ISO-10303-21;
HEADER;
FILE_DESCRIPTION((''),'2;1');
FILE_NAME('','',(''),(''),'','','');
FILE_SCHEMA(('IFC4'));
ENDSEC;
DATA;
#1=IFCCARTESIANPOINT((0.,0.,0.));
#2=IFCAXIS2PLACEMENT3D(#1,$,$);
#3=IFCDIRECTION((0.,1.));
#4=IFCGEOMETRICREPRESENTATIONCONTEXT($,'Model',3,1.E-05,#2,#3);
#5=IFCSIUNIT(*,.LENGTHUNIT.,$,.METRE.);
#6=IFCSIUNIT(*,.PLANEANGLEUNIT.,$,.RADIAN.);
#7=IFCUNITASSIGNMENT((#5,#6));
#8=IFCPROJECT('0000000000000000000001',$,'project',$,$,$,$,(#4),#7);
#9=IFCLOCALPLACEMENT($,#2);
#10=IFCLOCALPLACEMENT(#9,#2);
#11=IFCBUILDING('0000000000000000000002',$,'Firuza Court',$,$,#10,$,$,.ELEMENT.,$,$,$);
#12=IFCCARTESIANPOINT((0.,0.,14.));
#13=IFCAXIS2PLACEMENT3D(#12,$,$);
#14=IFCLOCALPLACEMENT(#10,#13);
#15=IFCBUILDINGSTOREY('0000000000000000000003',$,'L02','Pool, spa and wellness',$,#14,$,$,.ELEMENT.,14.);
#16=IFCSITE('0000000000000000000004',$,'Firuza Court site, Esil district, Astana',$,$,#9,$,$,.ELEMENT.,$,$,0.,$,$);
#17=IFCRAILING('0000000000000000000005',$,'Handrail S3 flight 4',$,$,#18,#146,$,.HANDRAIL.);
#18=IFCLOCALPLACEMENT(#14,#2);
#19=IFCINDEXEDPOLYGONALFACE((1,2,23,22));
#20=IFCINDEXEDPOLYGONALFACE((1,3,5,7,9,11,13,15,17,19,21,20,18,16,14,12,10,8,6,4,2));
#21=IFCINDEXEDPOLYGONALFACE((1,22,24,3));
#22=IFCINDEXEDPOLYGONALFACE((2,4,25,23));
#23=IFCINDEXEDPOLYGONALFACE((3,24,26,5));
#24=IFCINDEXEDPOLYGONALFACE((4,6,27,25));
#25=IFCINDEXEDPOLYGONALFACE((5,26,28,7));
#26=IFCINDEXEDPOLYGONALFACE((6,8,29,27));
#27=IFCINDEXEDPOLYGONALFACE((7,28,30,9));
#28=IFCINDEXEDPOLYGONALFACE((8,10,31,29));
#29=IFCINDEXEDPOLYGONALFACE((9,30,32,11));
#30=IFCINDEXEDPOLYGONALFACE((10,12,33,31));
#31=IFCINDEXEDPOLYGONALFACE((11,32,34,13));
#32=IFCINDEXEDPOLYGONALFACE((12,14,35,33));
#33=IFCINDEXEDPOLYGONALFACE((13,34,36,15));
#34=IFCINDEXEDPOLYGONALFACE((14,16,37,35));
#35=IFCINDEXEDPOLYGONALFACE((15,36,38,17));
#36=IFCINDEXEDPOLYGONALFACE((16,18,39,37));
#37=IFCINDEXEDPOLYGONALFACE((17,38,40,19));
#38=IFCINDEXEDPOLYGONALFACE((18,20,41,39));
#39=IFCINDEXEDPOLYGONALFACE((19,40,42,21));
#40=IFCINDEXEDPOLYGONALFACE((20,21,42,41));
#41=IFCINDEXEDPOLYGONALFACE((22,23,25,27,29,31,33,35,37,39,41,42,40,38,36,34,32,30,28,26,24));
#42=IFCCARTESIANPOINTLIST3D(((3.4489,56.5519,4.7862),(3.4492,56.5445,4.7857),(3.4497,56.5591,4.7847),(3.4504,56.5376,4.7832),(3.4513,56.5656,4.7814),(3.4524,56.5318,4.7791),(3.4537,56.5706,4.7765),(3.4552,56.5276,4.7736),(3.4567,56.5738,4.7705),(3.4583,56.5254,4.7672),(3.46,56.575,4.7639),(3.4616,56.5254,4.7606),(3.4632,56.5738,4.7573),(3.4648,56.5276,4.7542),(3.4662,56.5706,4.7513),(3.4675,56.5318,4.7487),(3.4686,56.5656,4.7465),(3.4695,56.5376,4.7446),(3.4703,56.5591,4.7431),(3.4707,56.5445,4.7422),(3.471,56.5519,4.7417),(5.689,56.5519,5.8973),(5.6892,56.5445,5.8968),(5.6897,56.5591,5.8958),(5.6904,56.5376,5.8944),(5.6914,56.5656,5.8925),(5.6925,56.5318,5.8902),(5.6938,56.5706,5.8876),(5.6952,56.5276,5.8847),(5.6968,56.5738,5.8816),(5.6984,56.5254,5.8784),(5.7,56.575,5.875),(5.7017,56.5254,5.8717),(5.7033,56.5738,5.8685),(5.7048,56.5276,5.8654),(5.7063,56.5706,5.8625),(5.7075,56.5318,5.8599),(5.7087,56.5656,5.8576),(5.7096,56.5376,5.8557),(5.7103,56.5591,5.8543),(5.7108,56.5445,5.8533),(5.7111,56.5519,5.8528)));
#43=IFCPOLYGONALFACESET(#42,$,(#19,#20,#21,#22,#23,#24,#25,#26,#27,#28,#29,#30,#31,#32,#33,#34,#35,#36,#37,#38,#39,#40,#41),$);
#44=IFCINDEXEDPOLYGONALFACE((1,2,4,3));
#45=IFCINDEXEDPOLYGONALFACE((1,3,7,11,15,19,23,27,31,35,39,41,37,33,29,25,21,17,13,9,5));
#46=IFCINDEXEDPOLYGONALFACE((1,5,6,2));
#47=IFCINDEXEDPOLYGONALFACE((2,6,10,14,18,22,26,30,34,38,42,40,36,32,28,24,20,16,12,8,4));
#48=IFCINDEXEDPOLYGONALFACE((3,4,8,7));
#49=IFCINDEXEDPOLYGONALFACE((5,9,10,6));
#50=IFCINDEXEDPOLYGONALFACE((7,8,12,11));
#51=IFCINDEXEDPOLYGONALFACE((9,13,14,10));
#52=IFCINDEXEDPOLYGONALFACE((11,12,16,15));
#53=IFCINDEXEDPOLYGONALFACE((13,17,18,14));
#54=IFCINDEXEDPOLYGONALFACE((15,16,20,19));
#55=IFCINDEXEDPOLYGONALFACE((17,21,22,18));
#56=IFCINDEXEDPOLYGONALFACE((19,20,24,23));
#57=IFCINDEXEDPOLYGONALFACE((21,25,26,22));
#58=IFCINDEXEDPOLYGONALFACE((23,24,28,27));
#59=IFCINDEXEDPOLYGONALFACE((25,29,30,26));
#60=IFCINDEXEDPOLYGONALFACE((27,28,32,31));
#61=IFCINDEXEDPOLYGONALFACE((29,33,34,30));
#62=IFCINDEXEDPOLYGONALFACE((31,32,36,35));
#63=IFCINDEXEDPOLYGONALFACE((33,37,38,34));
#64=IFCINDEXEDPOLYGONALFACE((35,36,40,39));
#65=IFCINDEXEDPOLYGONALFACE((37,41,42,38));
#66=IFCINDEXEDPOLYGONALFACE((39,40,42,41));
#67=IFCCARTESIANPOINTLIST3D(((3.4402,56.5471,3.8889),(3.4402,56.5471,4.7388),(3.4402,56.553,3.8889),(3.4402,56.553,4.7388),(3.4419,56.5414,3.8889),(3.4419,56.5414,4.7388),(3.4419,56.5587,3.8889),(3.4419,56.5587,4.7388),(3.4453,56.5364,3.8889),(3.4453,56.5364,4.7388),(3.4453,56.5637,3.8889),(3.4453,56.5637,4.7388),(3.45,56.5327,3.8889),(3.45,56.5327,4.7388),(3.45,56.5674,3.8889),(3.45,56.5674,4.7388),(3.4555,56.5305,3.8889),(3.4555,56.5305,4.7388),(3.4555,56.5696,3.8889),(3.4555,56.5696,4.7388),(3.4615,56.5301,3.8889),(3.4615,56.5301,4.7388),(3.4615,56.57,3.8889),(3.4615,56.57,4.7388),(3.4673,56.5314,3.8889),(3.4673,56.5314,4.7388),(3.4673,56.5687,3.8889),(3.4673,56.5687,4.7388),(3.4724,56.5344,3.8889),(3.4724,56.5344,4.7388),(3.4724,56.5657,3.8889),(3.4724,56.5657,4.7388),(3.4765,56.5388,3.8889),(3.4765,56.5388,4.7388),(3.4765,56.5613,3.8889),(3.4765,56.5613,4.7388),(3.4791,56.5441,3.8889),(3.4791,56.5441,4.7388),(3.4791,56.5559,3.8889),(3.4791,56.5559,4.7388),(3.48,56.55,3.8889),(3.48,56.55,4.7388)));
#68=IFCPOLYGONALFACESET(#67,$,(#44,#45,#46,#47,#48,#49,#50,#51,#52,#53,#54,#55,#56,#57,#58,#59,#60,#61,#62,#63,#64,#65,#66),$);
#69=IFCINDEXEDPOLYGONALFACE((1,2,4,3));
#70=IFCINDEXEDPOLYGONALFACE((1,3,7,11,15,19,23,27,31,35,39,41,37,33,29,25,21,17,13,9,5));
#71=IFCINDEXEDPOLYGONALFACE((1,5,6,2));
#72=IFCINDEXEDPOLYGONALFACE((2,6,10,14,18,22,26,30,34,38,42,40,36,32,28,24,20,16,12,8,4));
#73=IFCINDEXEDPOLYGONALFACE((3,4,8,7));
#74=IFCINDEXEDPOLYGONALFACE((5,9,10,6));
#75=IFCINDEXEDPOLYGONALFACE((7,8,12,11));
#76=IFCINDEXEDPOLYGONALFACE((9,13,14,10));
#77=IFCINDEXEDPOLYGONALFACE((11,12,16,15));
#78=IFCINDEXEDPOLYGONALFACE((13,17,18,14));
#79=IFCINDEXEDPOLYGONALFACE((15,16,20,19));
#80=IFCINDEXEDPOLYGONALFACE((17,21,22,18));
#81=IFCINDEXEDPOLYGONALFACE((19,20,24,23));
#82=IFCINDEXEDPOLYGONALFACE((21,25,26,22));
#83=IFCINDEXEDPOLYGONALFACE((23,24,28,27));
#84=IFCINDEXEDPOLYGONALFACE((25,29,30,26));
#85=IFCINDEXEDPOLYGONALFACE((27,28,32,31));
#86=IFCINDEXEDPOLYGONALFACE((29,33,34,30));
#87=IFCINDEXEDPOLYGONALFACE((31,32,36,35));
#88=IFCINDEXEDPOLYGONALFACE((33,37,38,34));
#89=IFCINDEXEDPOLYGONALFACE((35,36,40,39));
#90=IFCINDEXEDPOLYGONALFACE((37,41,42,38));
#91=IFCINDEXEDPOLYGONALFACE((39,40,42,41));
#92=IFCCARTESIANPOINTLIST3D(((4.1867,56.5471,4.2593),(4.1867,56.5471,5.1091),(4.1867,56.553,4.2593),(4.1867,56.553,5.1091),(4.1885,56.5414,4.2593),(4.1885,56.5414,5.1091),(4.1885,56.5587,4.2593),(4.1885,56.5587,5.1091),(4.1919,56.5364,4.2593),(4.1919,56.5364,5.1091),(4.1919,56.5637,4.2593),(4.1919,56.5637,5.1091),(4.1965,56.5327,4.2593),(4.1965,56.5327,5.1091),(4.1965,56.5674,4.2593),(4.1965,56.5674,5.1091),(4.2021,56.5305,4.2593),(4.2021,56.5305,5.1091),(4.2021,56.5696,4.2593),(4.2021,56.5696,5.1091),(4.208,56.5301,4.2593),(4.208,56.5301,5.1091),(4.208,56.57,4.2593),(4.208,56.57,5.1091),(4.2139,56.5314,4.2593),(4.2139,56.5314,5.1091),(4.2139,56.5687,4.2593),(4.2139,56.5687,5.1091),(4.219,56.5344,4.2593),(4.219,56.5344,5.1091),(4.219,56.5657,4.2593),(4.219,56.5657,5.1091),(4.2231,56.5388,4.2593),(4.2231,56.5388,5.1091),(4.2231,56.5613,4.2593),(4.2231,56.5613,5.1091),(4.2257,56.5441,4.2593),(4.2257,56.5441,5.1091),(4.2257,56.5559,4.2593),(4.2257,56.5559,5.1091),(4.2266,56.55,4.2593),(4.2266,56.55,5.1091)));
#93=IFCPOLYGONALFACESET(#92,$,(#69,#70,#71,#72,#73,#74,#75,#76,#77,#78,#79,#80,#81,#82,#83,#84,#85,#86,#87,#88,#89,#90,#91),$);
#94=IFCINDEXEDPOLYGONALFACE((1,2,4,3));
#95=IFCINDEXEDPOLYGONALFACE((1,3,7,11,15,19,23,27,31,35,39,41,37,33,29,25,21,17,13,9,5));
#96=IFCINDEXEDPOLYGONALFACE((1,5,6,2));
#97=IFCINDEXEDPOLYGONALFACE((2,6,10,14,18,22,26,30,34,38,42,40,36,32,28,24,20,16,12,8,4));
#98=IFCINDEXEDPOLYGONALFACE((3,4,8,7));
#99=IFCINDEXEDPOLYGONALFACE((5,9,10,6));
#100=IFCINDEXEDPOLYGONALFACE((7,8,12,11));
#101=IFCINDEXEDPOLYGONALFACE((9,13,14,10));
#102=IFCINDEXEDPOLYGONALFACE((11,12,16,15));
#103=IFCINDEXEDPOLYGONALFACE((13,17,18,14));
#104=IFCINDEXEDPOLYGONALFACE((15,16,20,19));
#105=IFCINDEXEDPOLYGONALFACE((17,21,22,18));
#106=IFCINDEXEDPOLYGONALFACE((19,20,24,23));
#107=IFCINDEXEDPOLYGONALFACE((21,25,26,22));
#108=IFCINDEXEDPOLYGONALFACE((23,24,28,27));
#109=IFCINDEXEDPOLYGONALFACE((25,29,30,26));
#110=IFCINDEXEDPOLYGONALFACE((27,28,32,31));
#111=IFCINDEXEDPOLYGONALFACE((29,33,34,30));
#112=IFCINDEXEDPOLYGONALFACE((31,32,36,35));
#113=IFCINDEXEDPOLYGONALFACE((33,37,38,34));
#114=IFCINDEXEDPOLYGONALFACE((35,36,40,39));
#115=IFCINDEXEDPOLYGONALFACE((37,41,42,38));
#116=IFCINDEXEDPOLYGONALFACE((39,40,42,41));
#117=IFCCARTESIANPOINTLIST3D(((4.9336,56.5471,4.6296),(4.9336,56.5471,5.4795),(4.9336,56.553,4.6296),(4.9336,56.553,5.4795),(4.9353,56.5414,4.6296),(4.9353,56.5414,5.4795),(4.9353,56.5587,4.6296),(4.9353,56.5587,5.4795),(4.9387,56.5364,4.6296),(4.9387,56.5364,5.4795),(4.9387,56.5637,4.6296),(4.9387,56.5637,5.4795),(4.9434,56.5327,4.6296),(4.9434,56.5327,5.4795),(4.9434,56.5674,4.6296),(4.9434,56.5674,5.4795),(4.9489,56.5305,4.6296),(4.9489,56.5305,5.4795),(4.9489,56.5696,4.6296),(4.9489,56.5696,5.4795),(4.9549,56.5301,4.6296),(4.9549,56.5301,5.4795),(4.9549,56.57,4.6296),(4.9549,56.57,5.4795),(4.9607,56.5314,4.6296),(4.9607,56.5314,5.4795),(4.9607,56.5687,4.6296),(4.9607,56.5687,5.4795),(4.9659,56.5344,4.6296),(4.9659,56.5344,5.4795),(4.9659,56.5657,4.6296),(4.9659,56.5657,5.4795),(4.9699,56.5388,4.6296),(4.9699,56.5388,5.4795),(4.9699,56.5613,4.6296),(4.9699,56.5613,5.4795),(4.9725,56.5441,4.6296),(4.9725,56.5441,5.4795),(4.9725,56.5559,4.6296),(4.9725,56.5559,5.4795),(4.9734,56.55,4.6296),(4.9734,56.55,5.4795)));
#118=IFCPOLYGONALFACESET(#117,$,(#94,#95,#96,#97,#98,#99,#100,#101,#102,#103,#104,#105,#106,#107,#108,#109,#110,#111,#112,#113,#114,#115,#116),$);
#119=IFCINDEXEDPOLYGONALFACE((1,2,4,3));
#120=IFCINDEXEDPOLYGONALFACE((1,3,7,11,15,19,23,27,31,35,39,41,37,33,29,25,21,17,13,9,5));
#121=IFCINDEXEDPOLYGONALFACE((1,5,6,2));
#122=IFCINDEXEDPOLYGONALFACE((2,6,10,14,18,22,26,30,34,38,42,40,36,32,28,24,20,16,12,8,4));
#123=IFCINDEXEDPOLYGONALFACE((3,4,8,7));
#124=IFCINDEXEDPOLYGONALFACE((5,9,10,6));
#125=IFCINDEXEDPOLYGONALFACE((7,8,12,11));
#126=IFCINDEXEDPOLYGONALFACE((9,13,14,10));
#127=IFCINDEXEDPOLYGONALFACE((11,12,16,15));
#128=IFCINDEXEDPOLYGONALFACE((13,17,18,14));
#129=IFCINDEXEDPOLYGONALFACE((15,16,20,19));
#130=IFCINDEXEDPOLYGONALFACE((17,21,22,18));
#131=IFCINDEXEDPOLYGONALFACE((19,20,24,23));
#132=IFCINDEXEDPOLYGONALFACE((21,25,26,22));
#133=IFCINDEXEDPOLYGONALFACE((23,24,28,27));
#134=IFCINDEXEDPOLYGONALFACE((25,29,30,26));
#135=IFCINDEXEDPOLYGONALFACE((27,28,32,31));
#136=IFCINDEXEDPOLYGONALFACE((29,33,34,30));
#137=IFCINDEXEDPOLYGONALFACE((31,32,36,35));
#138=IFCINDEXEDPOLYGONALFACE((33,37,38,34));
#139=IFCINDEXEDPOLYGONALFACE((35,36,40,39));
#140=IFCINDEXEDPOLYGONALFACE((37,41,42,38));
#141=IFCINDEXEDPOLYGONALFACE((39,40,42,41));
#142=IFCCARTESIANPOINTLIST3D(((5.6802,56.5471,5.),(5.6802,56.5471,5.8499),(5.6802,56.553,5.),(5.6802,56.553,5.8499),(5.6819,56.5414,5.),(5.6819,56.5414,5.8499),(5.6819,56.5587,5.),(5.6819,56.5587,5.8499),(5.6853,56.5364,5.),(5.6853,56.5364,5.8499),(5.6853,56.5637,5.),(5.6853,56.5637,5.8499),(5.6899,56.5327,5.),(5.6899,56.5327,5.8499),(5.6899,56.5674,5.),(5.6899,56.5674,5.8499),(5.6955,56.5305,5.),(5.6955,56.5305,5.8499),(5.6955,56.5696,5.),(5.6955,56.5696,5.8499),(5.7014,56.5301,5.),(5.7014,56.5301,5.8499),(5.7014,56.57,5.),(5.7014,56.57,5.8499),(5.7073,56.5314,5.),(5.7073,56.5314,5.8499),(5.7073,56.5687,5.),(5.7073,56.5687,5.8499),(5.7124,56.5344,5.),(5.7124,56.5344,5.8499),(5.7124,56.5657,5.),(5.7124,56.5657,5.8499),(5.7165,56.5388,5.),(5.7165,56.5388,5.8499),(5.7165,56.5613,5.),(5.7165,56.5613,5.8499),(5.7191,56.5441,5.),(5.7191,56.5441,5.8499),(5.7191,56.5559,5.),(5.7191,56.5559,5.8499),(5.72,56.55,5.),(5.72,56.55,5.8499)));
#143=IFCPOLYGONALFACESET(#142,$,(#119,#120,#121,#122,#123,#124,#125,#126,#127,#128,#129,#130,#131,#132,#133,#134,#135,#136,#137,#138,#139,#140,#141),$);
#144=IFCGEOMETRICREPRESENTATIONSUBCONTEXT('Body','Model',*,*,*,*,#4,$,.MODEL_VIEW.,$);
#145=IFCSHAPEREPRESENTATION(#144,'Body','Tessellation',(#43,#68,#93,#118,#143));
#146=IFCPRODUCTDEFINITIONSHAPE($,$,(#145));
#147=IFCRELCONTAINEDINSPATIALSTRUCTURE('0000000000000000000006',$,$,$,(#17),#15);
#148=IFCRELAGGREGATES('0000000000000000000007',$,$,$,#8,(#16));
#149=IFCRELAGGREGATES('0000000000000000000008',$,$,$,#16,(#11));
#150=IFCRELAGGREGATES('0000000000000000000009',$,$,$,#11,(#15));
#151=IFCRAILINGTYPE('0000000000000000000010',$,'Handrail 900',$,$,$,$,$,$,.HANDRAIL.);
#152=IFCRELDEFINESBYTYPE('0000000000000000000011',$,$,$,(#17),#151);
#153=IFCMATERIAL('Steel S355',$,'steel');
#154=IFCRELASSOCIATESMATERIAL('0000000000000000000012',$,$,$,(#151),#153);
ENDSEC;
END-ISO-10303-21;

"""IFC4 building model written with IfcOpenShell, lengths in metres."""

from ifc_helpers import new_model, si_unit, direction, frame, origin, origin_2d, place, context, subcontext, project, spatial, circle, extrude, material, type_object, element, save


model = new_model("IFC4")

# Units and contexts
model_context = context("Model", 3, precision=1e-05, world=origin(), true_north=direction((0.0, 1.0)))
body_context = subcontext(model_context, "Body", "Model", "MODEL_VIEW")
ifc_project = project(units=[si_unit("LENGTHUNIT", "METRE"), si_unit("PLANEANGLEUNIT", "RADIAN")], contexts=[model_context])

# Site, building, storey
site_placement = place(None, origin())
site = spatial("IfcSite", under=ifc_project, at=site_placement, Name="Firuza Court site, Esil district, Astana", CompositionType="ELEMENT", RefElevation=0.0)
building_placement = place(site_placement, origin())
building = spatial("IfcBuilding", under=site, at=building_placement, Name="Firuza Court", CompositionType="ELEMENT")
storey_placement = place(building_placement, frame((0.0, 0.0, 14.0)))
storey = spatial("IfcBuildingStorey", under=building, at=storey_placement, Name="L02", Description="Pool, spa and wellness", CompositionType="ELEMENT", Elevation=14.0)

# Railing
ifc_material_1 = material(Name="Steel S355", Category="steel")
railing_type_1 = type_object("IfcRailingType", Name="Handrail 900", PredefinedType="HANDRAIL", material=ifc_material_1)
railing_1_placement = place(storey_placement, frame((3.46, 56.55, 3.8889)))
element("IfcRailing", 1, at=railing_1_placement, inside=storey, type_object=railing_type_1, Name="Handrail S3 flight 4", PredefinedType="HANDRAIL", context=body_context, shape_type="SweptSolid", body=[
    extrude(circle(Radius=0.0249, at=origin_2d()), frame((0.0, 0.0, 0.875), z_axis=(0.895848, 0.0, 0.44436), x_axis=(0.0, 1.0, 0.0)), (0.0, 0.0, 1.0), 2.5005),
    extrude(circle(Radius=0.02, at=origin_2d()), origin(), (0.0, 0.0, 1.0), 0.8499),
    extrude(circle(Radius=0.02, at=origin_2d()), frame((0.7466, 0.0, 0.3704)), (0.0, 0.0, 1.0), 0.8499),
    extrude(circle(Radius=0.02, at=origin_2d()), frame((1.4934, 0.0, 0.7407)), (0.0, 0.0, 1.0), 0.8499),
    extrude(circle(Radius=0.02, at=origin_2d()), frame((2.24, 0.0, 1.1111)), (0.0, 0.0, 1.0), 0.8499),
])

save(model, "model.ifc")
